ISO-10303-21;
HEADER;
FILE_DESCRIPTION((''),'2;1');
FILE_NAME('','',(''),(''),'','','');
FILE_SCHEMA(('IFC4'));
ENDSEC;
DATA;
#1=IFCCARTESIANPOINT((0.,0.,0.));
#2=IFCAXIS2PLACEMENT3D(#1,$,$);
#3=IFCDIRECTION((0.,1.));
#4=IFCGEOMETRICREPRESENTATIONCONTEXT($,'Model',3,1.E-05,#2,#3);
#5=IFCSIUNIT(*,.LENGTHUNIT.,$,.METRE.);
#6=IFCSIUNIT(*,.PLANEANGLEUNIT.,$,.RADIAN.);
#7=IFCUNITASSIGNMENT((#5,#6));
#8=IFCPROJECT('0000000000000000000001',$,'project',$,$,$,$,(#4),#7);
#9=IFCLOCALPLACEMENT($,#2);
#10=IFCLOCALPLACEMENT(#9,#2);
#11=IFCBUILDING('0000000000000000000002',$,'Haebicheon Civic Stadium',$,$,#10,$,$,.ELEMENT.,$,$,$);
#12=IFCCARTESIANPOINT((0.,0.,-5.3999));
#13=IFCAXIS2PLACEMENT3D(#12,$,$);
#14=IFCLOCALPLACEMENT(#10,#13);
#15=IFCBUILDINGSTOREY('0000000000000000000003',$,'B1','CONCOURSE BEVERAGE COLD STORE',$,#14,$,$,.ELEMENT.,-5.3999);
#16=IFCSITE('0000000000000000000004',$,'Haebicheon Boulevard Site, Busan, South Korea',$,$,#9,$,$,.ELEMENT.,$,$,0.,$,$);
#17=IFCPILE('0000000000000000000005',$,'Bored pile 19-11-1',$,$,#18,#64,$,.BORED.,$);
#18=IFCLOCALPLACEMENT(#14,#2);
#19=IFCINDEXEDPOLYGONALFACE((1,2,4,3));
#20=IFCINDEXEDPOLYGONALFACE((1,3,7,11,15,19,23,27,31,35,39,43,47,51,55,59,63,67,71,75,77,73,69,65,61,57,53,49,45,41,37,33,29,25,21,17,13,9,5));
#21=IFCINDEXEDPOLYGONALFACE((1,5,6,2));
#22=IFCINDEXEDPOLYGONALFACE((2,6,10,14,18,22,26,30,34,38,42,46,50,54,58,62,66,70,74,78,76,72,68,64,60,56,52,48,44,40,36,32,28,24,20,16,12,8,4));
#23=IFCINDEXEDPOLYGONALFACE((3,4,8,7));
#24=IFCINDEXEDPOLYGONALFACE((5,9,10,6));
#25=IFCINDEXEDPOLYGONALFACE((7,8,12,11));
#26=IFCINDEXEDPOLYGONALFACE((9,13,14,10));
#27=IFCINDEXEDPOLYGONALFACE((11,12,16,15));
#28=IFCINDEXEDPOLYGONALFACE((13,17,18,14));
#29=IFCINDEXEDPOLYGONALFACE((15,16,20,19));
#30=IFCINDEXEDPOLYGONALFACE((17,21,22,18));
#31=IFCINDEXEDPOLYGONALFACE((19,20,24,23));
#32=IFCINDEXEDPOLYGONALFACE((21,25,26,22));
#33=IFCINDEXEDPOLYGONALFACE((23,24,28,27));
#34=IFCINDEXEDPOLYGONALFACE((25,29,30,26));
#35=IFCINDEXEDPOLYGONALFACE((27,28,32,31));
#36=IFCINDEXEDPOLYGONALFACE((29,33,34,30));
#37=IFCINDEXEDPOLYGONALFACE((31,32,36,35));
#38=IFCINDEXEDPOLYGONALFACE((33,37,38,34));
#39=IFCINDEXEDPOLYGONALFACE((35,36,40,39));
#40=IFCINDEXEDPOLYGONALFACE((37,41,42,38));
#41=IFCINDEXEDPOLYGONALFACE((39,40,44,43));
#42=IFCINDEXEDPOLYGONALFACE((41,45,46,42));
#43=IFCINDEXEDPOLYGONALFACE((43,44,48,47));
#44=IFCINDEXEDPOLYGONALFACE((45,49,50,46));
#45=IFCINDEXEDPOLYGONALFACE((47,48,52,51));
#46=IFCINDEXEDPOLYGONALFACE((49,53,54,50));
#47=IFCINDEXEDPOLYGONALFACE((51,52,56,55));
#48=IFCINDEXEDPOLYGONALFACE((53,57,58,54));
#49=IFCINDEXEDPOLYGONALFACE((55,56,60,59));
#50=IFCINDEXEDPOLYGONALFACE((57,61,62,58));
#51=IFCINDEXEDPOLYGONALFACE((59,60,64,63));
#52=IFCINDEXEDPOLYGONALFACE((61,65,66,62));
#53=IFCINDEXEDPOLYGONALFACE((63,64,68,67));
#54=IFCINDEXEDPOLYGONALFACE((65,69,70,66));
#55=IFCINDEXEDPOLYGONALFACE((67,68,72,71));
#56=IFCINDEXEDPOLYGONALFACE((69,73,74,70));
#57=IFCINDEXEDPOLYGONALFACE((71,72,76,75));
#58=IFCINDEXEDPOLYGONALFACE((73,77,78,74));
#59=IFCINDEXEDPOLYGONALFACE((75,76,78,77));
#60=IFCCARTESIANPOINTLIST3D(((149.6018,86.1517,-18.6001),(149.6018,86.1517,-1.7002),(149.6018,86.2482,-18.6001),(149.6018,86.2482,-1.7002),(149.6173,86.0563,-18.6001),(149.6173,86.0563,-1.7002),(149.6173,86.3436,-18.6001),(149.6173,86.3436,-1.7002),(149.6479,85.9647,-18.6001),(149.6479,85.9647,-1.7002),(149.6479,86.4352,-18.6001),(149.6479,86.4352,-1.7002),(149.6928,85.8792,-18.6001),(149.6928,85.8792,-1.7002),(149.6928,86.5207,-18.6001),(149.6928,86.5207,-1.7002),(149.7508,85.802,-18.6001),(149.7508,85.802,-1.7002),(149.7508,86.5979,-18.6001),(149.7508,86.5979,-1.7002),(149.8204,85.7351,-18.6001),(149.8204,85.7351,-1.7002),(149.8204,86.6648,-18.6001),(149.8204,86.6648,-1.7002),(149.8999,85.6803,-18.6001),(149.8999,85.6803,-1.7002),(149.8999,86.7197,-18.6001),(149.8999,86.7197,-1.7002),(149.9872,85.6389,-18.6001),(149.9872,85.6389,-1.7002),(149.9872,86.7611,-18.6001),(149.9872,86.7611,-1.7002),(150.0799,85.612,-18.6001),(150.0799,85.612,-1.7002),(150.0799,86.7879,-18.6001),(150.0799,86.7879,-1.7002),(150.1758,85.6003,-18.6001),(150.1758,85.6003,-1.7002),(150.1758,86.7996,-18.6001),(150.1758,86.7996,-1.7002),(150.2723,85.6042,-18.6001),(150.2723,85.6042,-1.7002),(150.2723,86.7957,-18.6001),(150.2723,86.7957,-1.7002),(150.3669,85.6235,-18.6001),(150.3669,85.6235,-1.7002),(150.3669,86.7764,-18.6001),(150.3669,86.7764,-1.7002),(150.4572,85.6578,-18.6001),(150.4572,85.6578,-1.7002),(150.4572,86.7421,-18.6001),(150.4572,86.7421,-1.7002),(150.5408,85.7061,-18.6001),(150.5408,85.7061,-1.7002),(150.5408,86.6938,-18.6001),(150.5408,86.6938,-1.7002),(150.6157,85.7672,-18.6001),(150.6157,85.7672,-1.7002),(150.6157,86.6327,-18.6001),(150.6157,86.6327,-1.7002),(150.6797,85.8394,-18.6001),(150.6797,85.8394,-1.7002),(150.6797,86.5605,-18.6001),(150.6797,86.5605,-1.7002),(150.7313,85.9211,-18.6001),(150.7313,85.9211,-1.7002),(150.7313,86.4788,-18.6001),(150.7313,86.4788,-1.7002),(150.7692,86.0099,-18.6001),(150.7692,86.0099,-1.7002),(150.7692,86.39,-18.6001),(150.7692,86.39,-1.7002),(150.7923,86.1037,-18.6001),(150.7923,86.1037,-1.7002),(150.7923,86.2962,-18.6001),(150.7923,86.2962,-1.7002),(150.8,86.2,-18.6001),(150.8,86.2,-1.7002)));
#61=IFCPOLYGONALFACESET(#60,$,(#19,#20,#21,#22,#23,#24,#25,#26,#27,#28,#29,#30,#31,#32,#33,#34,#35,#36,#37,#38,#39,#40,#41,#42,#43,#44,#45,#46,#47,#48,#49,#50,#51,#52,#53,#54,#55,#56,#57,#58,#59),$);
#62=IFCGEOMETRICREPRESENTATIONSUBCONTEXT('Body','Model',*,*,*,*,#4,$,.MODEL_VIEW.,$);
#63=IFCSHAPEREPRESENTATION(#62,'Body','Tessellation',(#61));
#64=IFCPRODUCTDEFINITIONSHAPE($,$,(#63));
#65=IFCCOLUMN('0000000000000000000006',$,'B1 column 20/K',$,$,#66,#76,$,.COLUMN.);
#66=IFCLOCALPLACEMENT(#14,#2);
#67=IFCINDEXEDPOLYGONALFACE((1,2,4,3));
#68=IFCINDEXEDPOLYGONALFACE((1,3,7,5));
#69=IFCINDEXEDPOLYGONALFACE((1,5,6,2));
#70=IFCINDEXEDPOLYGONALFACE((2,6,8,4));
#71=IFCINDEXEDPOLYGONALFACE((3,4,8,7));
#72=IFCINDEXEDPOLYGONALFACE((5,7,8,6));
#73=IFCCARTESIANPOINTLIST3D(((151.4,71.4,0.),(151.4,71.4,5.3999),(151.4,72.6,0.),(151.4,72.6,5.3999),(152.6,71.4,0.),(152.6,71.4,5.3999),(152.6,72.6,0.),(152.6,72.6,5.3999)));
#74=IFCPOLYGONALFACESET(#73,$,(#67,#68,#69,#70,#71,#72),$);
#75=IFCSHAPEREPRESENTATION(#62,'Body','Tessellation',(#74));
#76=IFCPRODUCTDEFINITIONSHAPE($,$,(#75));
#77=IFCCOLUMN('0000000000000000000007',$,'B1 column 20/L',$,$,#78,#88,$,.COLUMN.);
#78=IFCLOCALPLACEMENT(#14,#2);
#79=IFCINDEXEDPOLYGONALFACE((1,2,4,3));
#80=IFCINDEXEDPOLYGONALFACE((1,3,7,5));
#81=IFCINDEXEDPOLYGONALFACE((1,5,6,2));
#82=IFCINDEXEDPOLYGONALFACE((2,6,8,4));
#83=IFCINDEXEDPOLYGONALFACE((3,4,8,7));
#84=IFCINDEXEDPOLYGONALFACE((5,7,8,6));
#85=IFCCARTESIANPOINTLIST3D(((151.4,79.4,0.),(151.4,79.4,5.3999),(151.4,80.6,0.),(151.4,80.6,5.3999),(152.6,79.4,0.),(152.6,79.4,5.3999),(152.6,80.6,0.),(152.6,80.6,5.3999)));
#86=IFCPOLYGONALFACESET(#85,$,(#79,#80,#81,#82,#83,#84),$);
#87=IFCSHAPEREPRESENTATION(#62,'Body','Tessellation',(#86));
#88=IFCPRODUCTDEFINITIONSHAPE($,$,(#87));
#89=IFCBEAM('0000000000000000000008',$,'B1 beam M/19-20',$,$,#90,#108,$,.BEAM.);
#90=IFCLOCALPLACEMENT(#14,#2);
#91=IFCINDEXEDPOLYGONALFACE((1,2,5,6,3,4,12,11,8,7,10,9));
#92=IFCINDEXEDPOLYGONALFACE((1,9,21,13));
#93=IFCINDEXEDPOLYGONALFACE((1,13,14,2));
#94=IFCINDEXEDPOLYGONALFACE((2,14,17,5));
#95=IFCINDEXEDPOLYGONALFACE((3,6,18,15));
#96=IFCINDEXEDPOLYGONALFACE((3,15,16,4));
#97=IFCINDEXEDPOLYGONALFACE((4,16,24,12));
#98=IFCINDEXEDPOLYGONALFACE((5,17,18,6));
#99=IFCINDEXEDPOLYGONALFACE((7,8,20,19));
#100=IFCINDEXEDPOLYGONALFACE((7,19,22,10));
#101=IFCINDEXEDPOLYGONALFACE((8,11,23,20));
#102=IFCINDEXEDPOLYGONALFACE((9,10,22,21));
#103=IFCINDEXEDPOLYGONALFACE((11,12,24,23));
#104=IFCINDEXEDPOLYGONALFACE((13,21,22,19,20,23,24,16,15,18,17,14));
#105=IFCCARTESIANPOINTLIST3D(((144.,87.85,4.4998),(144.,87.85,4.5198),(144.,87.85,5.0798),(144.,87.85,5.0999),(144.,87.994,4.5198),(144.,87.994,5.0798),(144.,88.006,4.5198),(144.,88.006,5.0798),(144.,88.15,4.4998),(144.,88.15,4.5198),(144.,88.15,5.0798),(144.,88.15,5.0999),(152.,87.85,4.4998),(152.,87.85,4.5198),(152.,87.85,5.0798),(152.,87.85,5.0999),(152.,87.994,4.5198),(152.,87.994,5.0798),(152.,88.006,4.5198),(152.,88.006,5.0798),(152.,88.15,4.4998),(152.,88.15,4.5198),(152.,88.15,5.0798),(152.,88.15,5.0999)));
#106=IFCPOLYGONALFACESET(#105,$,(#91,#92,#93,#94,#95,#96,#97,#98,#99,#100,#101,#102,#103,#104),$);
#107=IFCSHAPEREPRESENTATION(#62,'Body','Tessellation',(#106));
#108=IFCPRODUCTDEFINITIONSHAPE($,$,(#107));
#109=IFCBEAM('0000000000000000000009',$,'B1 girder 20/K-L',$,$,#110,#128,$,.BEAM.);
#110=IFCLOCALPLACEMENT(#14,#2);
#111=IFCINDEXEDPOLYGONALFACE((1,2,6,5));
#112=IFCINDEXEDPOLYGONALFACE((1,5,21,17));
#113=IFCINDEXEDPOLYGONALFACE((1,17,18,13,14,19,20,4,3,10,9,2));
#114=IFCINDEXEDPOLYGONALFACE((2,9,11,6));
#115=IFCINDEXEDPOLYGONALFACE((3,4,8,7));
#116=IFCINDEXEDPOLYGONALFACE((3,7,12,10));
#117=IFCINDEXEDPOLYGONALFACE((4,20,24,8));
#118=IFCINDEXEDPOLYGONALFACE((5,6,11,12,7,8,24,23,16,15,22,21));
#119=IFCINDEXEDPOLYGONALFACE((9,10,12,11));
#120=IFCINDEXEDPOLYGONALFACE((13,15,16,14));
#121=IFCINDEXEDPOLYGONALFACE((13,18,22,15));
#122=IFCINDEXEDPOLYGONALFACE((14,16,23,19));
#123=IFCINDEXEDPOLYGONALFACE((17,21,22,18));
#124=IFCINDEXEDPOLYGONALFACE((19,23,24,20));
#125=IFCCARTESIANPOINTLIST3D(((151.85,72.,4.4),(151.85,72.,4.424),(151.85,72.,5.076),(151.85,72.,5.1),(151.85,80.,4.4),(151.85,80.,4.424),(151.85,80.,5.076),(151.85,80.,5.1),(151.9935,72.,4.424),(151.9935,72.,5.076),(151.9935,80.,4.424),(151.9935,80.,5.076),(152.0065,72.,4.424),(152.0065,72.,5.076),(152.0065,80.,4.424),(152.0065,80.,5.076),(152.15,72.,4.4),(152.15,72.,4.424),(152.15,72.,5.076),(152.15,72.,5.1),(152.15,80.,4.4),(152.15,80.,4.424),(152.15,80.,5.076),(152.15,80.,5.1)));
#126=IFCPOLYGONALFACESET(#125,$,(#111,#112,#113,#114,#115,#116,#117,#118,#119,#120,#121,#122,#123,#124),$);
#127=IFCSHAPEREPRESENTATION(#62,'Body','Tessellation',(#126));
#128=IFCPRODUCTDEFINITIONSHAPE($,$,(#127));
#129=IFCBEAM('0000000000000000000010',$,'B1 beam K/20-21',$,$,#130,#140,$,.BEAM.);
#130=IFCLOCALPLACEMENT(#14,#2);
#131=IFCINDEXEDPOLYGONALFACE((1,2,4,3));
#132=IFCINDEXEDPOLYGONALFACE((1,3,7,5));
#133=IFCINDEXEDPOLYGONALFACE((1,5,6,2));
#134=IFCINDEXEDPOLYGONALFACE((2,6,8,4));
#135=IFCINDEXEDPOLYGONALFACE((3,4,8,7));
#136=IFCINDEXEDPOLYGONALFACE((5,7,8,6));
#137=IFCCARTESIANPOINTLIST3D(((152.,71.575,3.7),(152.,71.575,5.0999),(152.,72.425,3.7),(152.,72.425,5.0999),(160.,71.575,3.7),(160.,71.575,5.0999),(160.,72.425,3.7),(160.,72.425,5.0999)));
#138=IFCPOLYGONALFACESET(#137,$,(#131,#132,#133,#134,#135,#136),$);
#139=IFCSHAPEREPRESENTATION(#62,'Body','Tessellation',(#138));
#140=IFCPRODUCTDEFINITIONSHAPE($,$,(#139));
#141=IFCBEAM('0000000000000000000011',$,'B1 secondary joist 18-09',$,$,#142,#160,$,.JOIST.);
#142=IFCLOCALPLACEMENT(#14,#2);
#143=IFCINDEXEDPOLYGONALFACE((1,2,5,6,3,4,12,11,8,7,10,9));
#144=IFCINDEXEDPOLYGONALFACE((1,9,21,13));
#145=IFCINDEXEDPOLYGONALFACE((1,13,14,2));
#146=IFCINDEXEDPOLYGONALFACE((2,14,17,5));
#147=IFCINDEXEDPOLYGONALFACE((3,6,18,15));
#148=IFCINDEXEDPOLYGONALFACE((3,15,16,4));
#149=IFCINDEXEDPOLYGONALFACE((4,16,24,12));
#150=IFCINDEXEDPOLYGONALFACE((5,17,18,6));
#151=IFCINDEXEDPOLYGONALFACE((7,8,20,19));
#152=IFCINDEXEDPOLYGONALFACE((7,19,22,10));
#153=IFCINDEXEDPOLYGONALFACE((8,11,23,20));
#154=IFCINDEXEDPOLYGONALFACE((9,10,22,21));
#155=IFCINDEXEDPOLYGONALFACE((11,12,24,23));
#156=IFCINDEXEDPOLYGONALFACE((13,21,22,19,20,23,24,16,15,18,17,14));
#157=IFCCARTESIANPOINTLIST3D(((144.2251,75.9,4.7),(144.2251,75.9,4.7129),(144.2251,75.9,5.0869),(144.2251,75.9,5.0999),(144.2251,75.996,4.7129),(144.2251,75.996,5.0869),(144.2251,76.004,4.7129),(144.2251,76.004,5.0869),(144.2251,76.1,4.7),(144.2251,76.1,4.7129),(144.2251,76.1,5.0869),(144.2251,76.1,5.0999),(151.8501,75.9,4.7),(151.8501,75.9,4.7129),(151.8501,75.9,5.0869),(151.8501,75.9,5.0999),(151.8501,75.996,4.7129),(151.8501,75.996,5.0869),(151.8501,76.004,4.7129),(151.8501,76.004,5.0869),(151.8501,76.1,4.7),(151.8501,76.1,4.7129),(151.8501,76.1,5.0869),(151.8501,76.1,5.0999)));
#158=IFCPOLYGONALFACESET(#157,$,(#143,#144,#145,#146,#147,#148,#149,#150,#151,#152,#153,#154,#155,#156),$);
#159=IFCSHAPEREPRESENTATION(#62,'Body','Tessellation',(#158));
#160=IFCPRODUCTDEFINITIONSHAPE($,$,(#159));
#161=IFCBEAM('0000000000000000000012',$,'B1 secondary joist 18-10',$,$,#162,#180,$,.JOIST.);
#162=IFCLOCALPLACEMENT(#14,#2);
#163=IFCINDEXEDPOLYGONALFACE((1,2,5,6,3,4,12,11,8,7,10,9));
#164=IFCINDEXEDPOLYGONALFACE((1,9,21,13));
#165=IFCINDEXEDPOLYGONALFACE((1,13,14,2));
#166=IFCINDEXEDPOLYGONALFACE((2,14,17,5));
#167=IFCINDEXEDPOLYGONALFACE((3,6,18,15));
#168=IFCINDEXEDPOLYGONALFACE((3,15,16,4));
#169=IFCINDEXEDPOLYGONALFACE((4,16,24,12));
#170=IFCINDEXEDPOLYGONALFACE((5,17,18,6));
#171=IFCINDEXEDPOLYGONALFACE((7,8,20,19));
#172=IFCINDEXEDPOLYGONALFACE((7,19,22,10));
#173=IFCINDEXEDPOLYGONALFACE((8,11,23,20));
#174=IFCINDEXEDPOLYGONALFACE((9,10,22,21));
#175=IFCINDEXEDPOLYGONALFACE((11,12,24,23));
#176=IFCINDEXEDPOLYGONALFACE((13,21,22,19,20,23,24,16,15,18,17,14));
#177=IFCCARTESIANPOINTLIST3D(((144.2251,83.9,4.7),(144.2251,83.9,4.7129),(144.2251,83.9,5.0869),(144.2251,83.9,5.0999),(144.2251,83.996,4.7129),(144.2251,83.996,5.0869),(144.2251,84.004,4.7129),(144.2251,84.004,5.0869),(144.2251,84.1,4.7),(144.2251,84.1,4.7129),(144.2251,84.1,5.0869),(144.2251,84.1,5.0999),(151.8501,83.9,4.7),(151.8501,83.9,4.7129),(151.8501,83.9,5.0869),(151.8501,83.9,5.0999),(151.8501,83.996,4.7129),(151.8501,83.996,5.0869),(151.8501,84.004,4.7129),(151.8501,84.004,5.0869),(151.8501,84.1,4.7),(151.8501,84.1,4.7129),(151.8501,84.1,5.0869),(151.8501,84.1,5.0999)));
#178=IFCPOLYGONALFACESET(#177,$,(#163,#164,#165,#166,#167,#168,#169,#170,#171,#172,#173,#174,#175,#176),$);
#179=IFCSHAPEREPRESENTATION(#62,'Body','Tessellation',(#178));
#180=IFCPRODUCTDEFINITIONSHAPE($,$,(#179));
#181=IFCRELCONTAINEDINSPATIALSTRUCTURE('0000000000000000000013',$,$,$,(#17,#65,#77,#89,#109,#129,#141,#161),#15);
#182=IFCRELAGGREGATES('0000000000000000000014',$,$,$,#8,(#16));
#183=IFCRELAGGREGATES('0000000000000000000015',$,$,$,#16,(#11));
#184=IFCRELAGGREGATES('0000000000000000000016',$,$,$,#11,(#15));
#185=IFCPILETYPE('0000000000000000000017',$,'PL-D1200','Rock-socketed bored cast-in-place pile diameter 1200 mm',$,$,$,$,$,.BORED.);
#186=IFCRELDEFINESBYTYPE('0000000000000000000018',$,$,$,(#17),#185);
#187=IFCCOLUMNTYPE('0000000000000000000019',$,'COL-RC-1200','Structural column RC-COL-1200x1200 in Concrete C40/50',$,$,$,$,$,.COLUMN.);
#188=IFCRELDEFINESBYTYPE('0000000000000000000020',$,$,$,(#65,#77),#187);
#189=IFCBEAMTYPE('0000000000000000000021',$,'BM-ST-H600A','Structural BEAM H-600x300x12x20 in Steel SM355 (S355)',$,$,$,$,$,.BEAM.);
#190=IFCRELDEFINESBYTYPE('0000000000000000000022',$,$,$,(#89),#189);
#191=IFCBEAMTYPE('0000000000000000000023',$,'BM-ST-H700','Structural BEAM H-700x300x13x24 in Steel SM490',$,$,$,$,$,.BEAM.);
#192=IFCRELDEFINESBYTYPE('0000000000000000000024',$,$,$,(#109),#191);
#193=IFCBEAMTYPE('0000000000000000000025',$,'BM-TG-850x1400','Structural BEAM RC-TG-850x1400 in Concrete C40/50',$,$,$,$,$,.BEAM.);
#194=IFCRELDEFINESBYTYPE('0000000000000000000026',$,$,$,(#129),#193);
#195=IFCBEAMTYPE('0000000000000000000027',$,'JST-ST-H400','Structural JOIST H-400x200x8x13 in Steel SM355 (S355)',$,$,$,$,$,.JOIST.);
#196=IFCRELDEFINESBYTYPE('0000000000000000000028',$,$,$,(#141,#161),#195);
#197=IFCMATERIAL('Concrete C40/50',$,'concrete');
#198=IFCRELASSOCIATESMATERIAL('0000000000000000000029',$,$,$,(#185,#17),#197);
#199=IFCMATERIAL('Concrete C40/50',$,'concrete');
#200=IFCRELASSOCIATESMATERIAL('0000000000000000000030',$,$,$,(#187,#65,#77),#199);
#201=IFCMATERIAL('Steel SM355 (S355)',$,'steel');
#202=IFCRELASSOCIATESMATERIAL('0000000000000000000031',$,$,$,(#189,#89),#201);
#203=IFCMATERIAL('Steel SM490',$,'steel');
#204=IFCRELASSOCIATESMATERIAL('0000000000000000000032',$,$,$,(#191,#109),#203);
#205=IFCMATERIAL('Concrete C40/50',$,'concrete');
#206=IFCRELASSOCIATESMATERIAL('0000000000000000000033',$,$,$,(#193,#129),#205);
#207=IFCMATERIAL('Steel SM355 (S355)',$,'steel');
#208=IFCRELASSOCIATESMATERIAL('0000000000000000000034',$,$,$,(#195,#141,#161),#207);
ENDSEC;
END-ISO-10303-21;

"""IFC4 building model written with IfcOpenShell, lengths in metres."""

from ifc_helpers import new_model, si_unit, direction, frame, origin, origin_2d, place, context, subcontext, project, spatial, rectangle, circle, i_section, extrude, material, material_profile, profile_set, type_object, element, save


model = new_model("IFC4")

# Units and contexts
model_context = context("Model", 3, precision=1e-05, world=origin(), true_north=direction((0.0, 1.0)))
body_context = subcontext(model_context, "Body", "Model", "MODEL_VIEW")
ifc_project = project(units=[si_unit("LENGTHUNIT", "METRE"), si_unit("PLANEANGLEUNIT", "RADIAN")], contexts=[model_context])

# Site, building, storey
site_placement = place(None, origin())
site = spatial("IfcSite", under=ifc_project, at=site_placement, Name="Haebicheon Boulevard Site, Busan, South Korea", CompositionType="ELEMENT", RefElevation=0.0)
building_placement = place(site_placement, origin())
building = spatial("IfcBuilding", under=site, at=building_placement, Name="Haebicheon Civic Stadium", CompositionType="ELEMENT")
storey_placement = place(building_placement, frame((0.0, 0.0, -5.3999)))
storey = spatial("IfcBuildingStorey", under=building, at=storey_placement, Name="B1", Description="CONCOURSE BEVERAGE COLD STORE", CompositionType="ELEMENT", Elevation=-5.3999)

# Pile
ifc_material_1 = material(Name="Concrete C40/50", Category="concrete")
ifc_material_profile_1 = material_profile(ifc_material_1, circle(Radius=0.6001, at=origin_2d()), Name="PILE-D1200")
ifc_profile_set_1 = profile_set([ifc_material_profile_1], Name="Concrete C40/50")
pile_type = type_object("IfcPileType", Name="PL-D1200", Description="Rock-socketed bored cast-in-place pile diameter 1200 mm", PredefinedType="BORED", material=ifc_profile_set_1)
for number, where, z_axis, x_axis, name in (
    (1, (150.2, 86.2, -1.7002), (0.0, 0.0, -1.0), (1.0, 0.0, 0.0), "Bored pile 19-11-1"),
):
    element("IfcPile", number, at=place(storey_placement, frame(where, z_axis=z_axis, x_axis=x_axis)), inside=storey, type_object=pile_type, material=ifc_profile_set_1, Name=name, PredefinedType="BORED", context=body_context, shape_type="SweptSolid", body=[
        extrude(circle(Radius=0.6001, at=origin_2d()), origin(), (0.0, 0.0, 1.0), 16.8999),
    ])

# Columns
ifc_material_2 = material(Name="Concrete C40/50", Category="concrete")
ifc_material_profile_2 = material_profile(ifc_material_2, rectangle(XDim=1.2, YDim=1.2, at=origin_2d()), Name="RC-COL-1200x1200")
ifc_profile_set_2 = profile_set([ifc_material_profile_2], Name="Concrete C40/50")
column_type = type_object("IfcColumnType", Name="COL-RC-1200", Description="Structural column RC-COL-1200x1200 in Concrete C40/50", PredefinedType="COLUMN", material=ifc_profile_set_2)
for number, where, z_axis, x_axis, name in (
    (2, (152.0, 72.0, 0.0), (0.0, 0.0, 1.0), (1.0, 0.0, 0.0), "B1 column 20/K"),
    (3, (152.0, 80.0, 0.0), (0.0, 0.0, 1.0), (1.0, 0.0, 0.0), "B1 column 20/L"),
):
    element("IfcColumn", number, at=place(storey_placement, frame(where, z_axis=z_axis, x_axis=x_axis)), inside=storey, type_object=column_type, material=ifc_profile_set_2, Name=name, PredefinedType="COLUMN", context=body_context, shape_type="SweptSolid", body=[
        extrude(rectangle(XDim=1.2, YDim=1.2, at=origin_2d()), origin(), (0.0, 0.0, 1.0), 5.3999),
    ])

# Beams
ifc_material_3 = material(Name="Steel SM355 (S355)", Category="steel")
ifc_material_profile_3 = material_profile(ifc_material_3, i_section(OverallWidth=0.3, OverallDepth=0.6001, WebThickness=0.012, FlangeThickness=0.02, at=origin_2d()), Name="H-600x300x12x20")
ifc_profile_set_3 = profile_set([ifc_material_profile_3], Name="Steel SM355 (S355)")
beam_type_1 = type_object("IfcBeamType", Name="BM-ST-H600A", Description="Structural BEAM H-600x300x12x20 in Steel SM355 (S355)", PredefinedType="BEAM", material=ifc_profile_set_3)
beam_1_placement = place(storey_placement, frame((144.0, 88.0, 4.7998), z_axis=(1.0, 0.0, 0.0), x_axis=(0.0, 1.0, 0.0)))
element("IfcBeam", 4, at=beam_1_placement, inside=storey, type_object=beam_type_1, material=ifc_profile_set_3, Name="B1 beam M/19-20", PredefinedType="BEAM", context=body_context, shape_type="SweptSolid", body=[
    extrude(i_section(OverallWidth=0.3, OverallDepth=0.6001, WebThickness=0.012, FlangeThickness=0.02, at=origin_2d()), origin(), (0.0, 0.0, 1.0), 8.0),
])
ifc_material_4 = material(Name="Steel SM490", Category="steel")
ifc_material_profile_4 = material_profile(ifc_material_4, i_section(OverallWidth=0.3, OverallDepth=0.7, WebThickness=0.0129, FlangeThickness=0.0239, at=origin_2d()), Name="H-700x300x13x24")
ifc_profile_set_4 = profile_set([ifc_material_profile_4], Name="Steel SM490")
beam_type_2 = type_object("IfcBeamType", Name="BM-ST-H700", Description="Structural BEAM H-700x300x13x24 in Steel SM490", PredefinedType="BEAM", material=ifc_profile_set_4)
beam_2_placement = place(storey_placement, frame((152.0, 72.0, 4.75), z_axis=(0.0, 1.0, 0.0), x_axis=(-1.0, 0.0, 0.0)))
element("IfcBeam", 5, at=beam_2_placement, inside=storey, type_object=beam_type_2, material=ifc_profile_set_4, Name="B1 girder 20/K-L", PredefinedType="BEAM", context=body_context, shape_type="SweptSolid", body=[
    extrude(i_section(OverallWidth=0.3, OverallDepth=0.7, WebThickness=0.0129, FlangeThickness=0.0239, at=origin_2d()), origin(), (0.0, 0.0, 1.0), 8.0),
])
ifc_material_5 = material(Name="Concrete C40/50", Category="concrete")
ifc_material_profile_5 = material_profile(ifc_material_5, rectangle(XDim=0.8501, YDim=1.3999, at=origin_2d()), Name="RC-TG-850x1400")
ifc_profile_set_5 = profile_set([ifc_material_profile_5], Name="Concrete C40/50")
beam_type_3 = type_object("IfcBeamType", Name="BM-TG-850x1400", Description="Structural BEAM RC-TG-850x1400 in Concrete C40/50", PredefinedType="BEAM", material=ifc_profile_set_5)
beam_3_placement = place(storey_placement, frame((152.0, 72.0, 4.3999), z_axis=(1.0, 0.0, 0.0), x_axis=(0.0, 1.0, 0.0)))
element("IfcBeam", 6, at=beam_3_placement, inside=storey, type_object=beam_type_3, material=ifc_profile_set_5, Name="B1 beam K/20-21", PredefinedType="BEAM", context=body_context, shape_type="SweptSolid", body=[
    extrude(rectangle(XDim=0.8501, YDim=1.3999, at=origin_2d()), origin(), (0.0, 0.0, 1.0), 8.0),
])
ifc_material_6 = material(Name="Steel SM355 (S355)", Category="steel")
ifc_material_profile_6 = material_profile(ifc_material_6, i_section(OverallWidth=0.2, OverallDepth=0.3999, WebThickness=0.0081, FlangeThickness=0.0129, at=origin_2d()), Name="H-400x200x8x13")
ifc_profile_set_6 = profile_set([ifc_material_profile_6], Name="Steel SM355 (S355)")
beam_type_4 = type_object("IfcBeamType", Name="JST-ST-H400", Description="Structural JOIST H-400x200x8x13 in Steel SM355 (S355)", PredefinedType="JOIST", material=ifc_profile_set_6)
for number, where, z_axis, x_axis, name in (
    (7, (144.2251, 76.0, 4.8999), (1.0, 0.0, 0.0), (0.0, 1.0, 0.0), "B1 secondary joist 18-09"),
    (8, (144.2251, 84.0, 4.8999), (1.0, 0.0, 0.0), (0.0, 1.0, 0.0), "B1 secondary joist 18-10"),
):
    element("IfcBeam", number, at=place(storey_placement, frame(where, z_axis=z_axis, x_axis=x_axis)), inside=storey, type_object=beam_type_4, material=ifc_profile_set_6, Name=name, PredefinedType="JOIST", context=body_context, shape_type="SweptSolid", body=[
        extrude(i_section(OverallWidth=0.2, OverallDepth=0.3999, WebThickness=0.0081, FlangeThickness=0.0129, at=origin_2d()), origin(), (0.0, 0.0, 1.0), 7.625),
    ])

save(model, "model.ifc")
